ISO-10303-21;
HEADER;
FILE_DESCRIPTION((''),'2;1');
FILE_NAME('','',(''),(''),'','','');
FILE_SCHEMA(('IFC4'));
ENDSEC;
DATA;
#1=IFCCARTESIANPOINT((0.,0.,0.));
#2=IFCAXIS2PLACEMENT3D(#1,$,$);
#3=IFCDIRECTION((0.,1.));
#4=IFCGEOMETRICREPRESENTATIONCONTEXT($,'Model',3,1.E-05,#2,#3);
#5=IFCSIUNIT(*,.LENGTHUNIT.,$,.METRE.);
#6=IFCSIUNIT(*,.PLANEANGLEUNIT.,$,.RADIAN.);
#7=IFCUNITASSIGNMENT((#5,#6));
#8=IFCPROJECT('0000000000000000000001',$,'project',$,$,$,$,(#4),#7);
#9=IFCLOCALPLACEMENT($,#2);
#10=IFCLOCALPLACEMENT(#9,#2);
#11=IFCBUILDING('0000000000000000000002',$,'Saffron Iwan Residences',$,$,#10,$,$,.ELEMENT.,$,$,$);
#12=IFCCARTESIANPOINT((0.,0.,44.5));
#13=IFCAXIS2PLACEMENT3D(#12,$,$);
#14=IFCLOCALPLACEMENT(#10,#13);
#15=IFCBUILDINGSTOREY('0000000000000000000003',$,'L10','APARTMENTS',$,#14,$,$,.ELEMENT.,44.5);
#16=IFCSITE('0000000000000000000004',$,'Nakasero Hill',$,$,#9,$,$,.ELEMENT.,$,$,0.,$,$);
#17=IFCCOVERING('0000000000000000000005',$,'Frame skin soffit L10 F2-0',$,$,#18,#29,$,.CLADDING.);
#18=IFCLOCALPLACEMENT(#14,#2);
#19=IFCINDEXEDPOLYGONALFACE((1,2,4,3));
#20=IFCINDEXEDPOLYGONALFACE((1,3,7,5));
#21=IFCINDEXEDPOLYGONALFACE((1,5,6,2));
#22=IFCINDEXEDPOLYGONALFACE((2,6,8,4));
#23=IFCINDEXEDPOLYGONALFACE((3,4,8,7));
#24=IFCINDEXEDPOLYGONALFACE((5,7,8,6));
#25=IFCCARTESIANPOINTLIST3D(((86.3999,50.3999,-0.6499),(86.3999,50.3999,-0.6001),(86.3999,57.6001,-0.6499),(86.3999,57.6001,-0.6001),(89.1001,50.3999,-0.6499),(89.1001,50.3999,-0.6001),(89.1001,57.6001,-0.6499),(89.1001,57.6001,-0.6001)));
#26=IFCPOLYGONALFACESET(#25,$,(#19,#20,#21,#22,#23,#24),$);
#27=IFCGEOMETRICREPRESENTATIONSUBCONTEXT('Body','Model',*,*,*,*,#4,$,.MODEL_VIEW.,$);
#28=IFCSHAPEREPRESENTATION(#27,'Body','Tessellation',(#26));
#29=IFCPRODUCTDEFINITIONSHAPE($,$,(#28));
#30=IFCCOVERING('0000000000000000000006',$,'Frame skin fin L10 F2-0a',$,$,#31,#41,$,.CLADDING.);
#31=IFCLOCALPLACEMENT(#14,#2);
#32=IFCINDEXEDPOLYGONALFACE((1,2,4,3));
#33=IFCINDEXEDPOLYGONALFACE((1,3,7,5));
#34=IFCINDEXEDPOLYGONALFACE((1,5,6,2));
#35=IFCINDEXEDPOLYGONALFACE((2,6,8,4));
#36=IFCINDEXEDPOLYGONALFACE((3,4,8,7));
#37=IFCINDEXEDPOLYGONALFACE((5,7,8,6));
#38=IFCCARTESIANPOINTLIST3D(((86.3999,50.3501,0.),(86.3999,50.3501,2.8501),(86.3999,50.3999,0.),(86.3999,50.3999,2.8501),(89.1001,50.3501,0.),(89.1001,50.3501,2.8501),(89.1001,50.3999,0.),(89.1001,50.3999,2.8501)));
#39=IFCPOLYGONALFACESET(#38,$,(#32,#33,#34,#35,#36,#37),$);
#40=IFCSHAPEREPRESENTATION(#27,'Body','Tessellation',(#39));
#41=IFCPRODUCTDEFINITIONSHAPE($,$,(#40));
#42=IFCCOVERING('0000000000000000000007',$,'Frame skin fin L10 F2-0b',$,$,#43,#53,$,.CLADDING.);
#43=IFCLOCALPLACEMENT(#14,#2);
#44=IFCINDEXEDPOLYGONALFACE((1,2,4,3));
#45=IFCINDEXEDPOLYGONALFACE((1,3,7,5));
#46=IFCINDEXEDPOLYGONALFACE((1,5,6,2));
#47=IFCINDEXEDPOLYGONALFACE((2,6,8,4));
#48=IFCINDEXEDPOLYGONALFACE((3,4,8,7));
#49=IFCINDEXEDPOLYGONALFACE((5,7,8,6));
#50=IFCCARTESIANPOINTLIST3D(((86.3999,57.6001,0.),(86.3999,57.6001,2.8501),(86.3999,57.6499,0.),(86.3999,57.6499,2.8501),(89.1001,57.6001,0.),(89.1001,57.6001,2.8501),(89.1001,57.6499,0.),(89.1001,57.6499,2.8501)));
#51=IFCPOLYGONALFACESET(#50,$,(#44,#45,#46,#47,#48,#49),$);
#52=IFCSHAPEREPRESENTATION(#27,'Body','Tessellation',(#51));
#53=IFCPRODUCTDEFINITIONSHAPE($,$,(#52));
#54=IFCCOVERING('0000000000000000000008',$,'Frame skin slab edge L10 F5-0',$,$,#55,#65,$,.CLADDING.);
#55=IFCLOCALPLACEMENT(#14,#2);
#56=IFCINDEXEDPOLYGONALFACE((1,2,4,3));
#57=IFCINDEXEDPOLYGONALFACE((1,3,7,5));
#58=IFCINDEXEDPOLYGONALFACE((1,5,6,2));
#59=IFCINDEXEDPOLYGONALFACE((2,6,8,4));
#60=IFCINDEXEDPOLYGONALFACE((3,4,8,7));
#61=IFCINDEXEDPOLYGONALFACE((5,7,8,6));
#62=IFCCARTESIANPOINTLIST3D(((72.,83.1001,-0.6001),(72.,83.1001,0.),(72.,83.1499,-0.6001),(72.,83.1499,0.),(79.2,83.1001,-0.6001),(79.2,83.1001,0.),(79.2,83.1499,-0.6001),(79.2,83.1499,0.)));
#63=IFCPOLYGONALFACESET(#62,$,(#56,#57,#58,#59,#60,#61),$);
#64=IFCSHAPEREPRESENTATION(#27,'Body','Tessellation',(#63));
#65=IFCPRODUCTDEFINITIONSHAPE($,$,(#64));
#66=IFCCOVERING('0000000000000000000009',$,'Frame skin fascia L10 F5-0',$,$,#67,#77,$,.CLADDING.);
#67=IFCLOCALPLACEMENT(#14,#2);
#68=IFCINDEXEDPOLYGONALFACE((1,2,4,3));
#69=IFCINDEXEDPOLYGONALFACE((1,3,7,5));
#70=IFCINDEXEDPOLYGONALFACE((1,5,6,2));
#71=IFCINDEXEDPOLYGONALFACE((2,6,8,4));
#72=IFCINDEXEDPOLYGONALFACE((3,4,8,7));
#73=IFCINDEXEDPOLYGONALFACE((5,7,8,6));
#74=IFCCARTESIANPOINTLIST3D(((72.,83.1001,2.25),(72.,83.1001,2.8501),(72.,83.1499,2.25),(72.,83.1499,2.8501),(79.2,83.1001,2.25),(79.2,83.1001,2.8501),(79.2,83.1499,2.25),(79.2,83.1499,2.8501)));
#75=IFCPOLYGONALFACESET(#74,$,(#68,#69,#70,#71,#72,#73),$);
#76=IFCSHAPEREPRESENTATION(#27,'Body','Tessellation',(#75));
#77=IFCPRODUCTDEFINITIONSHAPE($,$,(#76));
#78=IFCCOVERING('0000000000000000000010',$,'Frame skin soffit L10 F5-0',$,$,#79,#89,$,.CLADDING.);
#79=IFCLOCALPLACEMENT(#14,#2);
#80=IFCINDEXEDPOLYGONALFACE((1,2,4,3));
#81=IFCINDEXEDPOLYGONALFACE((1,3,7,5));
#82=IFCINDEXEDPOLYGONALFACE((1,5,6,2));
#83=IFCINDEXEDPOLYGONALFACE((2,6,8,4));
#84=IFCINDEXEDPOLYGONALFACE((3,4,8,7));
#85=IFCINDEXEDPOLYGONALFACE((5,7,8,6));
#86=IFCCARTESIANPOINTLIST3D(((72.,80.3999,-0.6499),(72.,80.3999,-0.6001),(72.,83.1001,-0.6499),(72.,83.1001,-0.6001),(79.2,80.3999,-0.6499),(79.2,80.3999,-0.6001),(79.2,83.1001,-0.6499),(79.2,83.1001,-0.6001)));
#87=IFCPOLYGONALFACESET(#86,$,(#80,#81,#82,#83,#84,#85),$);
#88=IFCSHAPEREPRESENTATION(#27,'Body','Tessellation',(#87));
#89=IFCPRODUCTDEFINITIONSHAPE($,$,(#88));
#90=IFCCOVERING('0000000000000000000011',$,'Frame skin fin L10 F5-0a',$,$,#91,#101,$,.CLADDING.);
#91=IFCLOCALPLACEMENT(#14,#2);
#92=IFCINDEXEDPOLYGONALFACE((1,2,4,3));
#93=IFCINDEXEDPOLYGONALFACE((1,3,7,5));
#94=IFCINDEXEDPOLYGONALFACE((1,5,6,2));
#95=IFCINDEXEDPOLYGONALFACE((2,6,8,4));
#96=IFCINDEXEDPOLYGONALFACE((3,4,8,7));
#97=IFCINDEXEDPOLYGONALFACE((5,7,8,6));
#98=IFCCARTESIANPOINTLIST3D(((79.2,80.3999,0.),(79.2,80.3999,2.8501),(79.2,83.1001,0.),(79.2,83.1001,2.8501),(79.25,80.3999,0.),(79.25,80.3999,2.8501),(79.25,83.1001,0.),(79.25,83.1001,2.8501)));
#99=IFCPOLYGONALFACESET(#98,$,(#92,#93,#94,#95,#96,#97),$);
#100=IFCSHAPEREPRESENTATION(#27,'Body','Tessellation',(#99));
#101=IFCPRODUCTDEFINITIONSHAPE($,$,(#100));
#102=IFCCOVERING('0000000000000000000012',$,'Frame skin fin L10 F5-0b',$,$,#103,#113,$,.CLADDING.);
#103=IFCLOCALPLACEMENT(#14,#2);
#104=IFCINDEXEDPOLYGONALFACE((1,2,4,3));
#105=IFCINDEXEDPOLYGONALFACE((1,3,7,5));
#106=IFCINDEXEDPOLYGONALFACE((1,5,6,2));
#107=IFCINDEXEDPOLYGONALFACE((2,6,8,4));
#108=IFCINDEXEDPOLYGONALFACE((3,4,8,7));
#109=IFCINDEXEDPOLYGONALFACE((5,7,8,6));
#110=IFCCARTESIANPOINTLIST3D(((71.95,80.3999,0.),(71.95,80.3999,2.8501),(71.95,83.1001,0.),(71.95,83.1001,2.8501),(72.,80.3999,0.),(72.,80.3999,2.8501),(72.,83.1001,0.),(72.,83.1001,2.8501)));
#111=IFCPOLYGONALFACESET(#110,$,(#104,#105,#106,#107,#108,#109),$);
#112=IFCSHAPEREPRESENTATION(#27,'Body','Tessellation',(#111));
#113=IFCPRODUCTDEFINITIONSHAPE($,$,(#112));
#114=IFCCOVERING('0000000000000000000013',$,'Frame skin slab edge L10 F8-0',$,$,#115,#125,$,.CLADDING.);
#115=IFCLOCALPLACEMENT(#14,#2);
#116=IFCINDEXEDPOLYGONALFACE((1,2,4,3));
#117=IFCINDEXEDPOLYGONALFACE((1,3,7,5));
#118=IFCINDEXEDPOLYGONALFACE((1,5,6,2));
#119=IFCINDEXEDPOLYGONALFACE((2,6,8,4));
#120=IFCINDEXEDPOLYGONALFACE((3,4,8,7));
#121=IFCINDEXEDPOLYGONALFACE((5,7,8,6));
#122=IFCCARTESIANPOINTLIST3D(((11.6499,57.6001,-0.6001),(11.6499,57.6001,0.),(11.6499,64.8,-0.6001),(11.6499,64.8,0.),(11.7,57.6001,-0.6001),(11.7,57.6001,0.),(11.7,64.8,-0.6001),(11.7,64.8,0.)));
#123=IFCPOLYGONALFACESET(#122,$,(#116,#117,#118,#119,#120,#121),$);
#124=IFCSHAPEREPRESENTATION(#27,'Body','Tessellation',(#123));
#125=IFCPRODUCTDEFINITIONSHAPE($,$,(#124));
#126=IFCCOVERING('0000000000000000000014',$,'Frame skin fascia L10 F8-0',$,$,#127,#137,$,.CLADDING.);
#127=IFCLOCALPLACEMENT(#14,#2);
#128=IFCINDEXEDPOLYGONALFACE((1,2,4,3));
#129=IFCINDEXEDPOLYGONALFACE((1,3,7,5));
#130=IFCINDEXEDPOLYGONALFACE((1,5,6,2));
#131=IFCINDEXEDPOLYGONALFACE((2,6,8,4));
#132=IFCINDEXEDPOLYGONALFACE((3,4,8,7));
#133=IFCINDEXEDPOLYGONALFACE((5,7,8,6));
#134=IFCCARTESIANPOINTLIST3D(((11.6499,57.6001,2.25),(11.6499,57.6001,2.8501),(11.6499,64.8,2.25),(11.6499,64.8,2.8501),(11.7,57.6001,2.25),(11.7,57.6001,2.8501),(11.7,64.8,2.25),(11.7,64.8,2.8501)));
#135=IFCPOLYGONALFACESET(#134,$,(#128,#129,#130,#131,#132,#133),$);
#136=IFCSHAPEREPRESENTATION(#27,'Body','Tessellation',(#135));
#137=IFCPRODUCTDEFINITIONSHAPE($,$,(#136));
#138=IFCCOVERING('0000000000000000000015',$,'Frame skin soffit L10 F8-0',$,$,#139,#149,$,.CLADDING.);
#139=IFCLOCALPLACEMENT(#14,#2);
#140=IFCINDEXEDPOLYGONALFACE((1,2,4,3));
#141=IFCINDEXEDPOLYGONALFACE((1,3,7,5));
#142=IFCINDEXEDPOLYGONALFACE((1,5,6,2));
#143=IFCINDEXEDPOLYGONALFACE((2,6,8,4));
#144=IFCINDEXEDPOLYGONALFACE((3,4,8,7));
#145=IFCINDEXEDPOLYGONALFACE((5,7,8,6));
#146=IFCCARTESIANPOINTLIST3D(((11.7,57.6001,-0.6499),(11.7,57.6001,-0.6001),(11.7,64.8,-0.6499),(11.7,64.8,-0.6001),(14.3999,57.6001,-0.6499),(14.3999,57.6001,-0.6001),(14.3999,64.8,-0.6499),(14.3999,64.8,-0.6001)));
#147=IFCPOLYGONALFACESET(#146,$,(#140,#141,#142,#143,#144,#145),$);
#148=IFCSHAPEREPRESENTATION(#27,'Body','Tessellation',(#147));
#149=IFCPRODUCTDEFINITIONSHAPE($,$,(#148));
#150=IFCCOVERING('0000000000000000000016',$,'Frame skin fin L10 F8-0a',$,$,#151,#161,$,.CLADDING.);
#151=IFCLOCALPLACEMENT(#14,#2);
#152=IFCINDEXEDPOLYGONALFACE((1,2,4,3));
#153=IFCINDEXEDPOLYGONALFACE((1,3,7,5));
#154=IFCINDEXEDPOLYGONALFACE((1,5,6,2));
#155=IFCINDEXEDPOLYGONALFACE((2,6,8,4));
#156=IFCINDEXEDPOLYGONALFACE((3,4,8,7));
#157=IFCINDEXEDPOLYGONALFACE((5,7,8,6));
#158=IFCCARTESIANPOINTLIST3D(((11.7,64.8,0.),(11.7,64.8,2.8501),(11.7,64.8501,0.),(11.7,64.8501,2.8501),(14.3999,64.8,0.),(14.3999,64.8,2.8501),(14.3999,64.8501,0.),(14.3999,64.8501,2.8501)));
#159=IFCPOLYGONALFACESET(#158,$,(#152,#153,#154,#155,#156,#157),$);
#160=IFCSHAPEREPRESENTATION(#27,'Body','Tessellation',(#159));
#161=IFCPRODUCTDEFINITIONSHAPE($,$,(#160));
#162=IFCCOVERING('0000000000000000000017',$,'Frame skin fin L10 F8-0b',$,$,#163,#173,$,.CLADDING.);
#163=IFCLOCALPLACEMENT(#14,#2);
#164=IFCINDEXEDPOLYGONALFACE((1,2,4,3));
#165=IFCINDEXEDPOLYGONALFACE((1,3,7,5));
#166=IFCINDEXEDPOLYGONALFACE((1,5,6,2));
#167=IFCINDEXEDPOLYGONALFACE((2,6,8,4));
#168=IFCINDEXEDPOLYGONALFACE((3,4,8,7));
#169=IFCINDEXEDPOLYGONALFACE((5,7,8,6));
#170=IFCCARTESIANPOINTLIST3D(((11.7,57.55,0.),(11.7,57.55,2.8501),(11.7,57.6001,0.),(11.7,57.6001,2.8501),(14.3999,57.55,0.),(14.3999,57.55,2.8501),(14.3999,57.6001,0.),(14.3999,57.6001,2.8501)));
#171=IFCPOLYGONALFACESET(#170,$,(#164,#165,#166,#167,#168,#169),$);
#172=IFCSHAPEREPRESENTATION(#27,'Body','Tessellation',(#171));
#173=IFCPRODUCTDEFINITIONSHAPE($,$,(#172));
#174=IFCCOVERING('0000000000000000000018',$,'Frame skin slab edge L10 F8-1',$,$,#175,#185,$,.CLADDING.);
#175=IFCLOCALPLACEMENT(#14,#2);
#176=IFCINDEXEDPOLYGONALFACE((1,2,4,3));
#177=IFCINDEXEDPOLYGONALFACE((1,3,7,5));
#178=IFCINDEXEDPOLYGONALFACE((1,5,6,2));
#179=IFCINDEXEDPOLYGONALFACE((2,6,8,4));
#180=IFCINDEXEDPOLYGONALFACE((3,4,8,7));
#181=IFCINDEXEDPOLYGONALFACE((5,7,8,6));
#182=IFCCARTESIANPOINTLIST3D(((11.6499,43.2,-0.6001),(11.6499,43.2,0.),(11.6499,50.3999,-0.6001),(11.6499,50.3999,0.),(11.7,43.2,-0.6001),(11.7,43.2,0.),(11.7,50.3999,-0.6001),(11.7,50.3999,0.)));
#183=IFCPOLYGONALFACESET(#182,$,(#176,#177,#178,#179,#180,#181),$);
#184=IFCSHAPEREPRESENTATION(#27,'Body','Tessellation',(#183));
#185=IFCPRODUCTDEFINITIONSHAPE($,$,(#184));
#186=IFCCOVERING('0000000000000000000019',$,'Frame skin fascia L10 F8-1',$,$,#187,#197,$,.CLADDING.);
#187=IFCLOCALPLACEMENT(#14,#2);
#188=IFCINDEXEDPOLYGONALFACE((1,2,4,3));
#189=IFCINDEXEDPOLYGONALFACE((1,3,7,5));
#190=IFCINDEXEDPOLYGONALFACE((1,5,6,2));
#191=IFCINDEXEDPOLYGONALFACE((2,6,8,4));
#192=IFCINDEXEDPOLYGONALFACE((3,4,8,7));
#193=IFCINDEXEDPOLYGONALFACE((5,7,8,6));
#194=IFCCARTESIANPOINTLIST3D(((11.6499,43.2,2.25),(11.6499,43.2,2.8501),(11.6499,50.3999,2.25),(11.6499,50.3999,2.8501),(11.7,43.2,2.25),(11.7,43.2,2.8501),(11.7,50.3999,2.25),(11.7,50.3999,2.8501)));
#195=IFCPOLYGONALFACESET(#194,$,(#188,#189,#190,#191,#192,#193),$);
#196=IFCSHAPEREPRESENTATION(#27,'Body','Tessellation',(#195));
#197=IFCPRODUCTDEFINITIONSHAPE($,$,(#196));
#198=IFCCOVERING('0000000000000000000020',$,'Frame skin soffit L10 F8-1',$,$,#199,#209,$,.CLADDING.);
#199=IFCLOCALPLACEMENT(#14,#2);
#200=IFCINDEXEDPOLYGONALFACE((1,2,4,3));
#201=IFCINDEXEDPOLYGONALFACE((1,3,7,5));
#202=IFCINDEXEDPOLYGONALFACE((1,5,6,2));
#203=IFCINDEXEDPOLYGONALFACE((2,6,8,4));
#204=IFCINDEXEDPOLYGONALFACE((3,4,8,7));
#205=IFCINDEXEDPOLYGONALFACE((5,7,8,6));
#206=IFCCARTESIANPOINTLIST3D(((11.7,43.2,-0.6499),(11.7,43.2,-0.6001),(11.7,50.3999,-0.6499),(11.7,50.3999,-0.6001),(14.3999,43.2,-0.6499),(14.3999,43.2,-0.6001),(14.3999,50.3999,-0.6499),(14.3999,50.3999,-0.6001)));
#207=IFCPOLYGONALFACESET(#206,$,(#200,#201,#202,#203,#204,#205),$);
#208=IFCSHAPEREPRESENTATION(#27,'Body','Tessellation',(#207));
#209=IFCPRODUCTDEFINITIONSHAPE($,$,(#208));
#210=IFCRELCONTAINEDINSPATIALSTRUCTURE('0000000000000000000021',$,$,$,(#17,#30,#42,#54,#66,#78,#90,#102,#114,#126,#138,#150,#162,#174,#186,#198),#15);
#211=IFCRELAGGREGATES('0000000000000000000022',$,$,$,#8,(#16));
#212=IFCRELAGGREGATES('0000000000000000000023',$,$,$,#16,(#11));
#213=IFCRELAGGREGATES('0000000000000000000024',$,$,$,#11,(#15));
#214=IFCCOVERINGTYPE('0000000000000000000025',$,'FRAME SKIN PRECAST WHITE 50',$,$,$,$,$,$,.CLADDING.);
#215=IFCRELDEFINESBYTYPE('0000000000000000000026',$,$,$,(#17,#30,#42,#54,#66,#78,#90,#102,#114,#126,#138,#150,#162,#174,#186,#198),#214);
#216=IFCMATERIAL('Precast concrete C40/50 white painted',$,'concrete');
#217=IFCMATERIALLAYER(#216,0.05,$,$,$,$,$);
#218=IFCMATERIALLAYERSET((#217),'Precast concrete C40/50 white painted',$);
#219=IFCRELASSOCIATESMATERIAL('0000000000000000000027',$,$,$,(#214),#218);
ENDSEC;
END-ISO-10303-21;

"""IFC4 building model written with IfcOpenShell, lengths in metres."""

from ifc_helpers import new_model, si_unit, direction, frame, origin, place, context, subcontext, project, spatial, polyline, outline, extrude, material, layer, layer_set, type_object, element, save


model = new_model("IFC4")

# Units and contexts
model_context = context("Model", 3, precision=1e-05, world=origin(), true_north=direction((0.0, 1.0)))
body_context = subcontext(model_context, "Body", "Model", "MODEL_VIEW")
ifc_project = project(units=[si_unit("LENGTHUNIT", "METRE"), si_unit("PLANEANGLEUNIT", "RADIAN")], contexts=[model_context])

# Site, building, storey
site_placement = place(None, origin())
site = spatial("IfcSite", under=ifc_project, at=site_placement, Name="Nakasero Hill", CompositionType="ELEMENT", RefElevation=0.0)
building_placement = place(site_placement, origin())
building = spatial("IfcBuilding", under=site, at=building_placement, Name="Saffron Iwan Residences", CompositionType="ELEMENT")
storey_placement = place(building_placement, frame((0.0, 0.0, 44.5)))
storey = spatial("IfcBuildingStorey", under=building, at=storey_placement, Name="L10", Description="APARTMENTS", CompositionType="ELEMENT", Elevation=44.5)

# Coverings
ifc_material_1 = material(Name="Precast concrete C40/50 white painted", Category="concrete")
ifc_layer_1 = layer(ifc_material_1, 0.05)
ifc_layer_set_1 = layer_set([ifc_layer_1], Name="Precast concrete C40/50 white painted")
covering_type_1 = type_object("IfcCoveringType", Name="FRAME SKIN PRECAST WHITE 50", PredefinedType="CLADDING", material=ifc_layer_set_1)
covering_1_placement = place(storey_placement, frame((0.0, 0.0, -0.6499)))
element("IfcCovering", 1, at=covering_1_placement, inside=storey, type_object=covering_type_1, Name="Frame skin soffit L10 F2-0", PredefinedType="CLADDING", context=body_context, shape_type="SweptSolid", body=[
    extrude(outline(polyline([(89.1001, 50.3999), (89.1001, 57.6001), (86.3999, 57.6001), (86.3999, 50.3999), (89.1001, 50.3999)])), origin(), (0.0, 0.0, 1.0), 0.0498),
])
covering_2_placement = place(storey_placement, origin())
element("IfcCovering", 2, at=covering_2_placement, inside=storey, type_object=covering_type_1, Name="Frame skin fin L10 F2-0a", PredefinedType="CLADDING", context=body_context, shape_type="SweptSolid", body=[
    extrude(outline(polyline([(89.1001, 50.3501), (89.1001, 50.3999), (86.3999, 50.3999), (86.3999, 50.3501), (89.1001, 50.3501)])), origin(), (0.0, 0.0, 1.0), 2.8501),
])
covering_3_placement = place(storey_placement, origin())
element("IfcCovering", 3, at=covering_3_placement, inside=storey, type_object=covering_type_1, Name="Frame skin fin L10 F2-0b", PredefinedType="CLADDING", context=body_context, shape_type="SweptSolid", body=[
    extrude(outline(polyline([(89.1001, 57.6001), (89.1001, 57.6499), (86.3999, 57.6499), (86.3999, 57.6001), (89.1001, 57.6001)])), origin(), (0.0, 0.0, 1.0), 2.8501),
])
for number, where, name in (
    (4, (0.0, 0.0, -0.6001), "Frame skin slab edge L10 F5-0"),
    (5, (0.0, 0.0, 2.25), "Frame skin fascia L10 F5-0"),
):
    element("IfcCovering", number, at=place(storey_placement, frame(where)), inside=storey, type_object=covering_type_1, Name=name, PredefinedType="CLADDING", context=body_context, shape_type="SweptSolid", body=[
        extrude(outline(polyline([(79.2, 83.1499), (72.0, 83.1499), (72.0, 83.1001), (79.2, 83.1001), (79.2, 83.1499)])), origin(), (0.0, 0.0, 1.0), 0.6001),
    ])
covering_4_placement = place(storey_placement, frame((0.0, 0.0, -0.6499)))
element("IfcCovering", 6, at=covering_4_placement, inside=storey, type_object=covering_type_1, Name="Frame skin soffit L10 F5-0", PredefinedType="CLADDING", context=body_context, shape_type="SweptSolid", body=[
    extrude(outline(polyline([(79.2, 83.1001), (72.0, 83.1001), (72.0, 80.3999), (79.2, 80.3999), (79.2, 83.1001)])), origin(), (0.0, 0.0, 1.0), 0.0498),
])
covering_5_placement = place(storey_placement, origin())
element("IfcCovering", 7, at=covering_5_placement, inside=storey, type_object=covering_type_1, Name="Frame skin fin L10 F5-0a", PredefinedType="CLADDING", context=body_context, shape_type="SweptSolid", body=[
    extrude(outline(polyline([(79.25, 83.1001), (79.2, 83.1001), (79.2, 80.3999), (79.25, 80.3999), (79.25, 83.1001)])), origin(), (0.0, 0.0, 1.0), 2.8501),
])
covering_6_placement = place(storey_placement, origin())
element("IfcCovering", 8, at=covering_6_placement, inside=storey, type_object=covering_type_1, Name="Frame skin fin L10 F5-0b", PredefinedType="CLADDING", context=body_context, shape_type="SweptSolid", body=[
    extrude(outline(polyline([(72.0, 83.1001), (71.95, 83.1001), (71.95, 80.3999), (72.0, 80.3999), (72.0, 83.1001)])), origin(), (0.0, 0.0, 1.0), 2.8501),
])
for number, where, name in (
    (9, (0.0, 0.0, -0.6001), "Frame skin slab edge L10 F8-0"),
    (10, (0.0, 0.0, 2.25), "Frame skin fascia L10 F8-0"),
):
    element("IfcCovering", number, at=place(storey_placement, frame(where)), inside=storey, type_object=covering_type_1, Name=name, PredefinedType="CLADDING", context=body_context, shape_type="SweptSolid", body=[
        extrude(outline(polyline([(11.6499, 64.8), (11.6499, 57.6001), (11.7, 57.6001), (11.7, 64.8), (11.6499, 64.8)])), origin(), (0.0, 0.0, 1.0), 0.6001),
    ])
covering_7_placement = place(storey_placement, frame((0.0, 0.0, -0.6499)))
element("IfcCovering", 11, at=covering_7_placement, inside=storey, type_object=covering_type_1, Name="Frame skin soffit L10 F8-0", PredefinedType="CLADDING", context=body_context, shape_type="SweptSolid", body=[
    extrude(outline(polyline([(11.7, 64.8), (11.7, 57.6001), (14.3999, 57.6001), (14.3999, 64.8), (11.7, 64.8)])), origin(), (0.0, 0.0, 1.0), 0.0498),
])
covering_8_placement = place(storey_placement, origin())
element("IfcCovering", 12, at=covering_8_placement, inside=storey, type_object=covering_type_1, Name="Frame skin fin L10 F8-0a", PredefinedType="CLADDING", context=body_context, shape_type="SweptSolid", body=[
    extrude(outline(polyline([(11.7, 64.8501), (11.7, 64.8), (14.3999, 64.8), (14.3999, 64.8501), (11.7, 64.8501)])), origin(), (0.0, 0.0, 1.0), 2.8501),
])
covering_9_placement = place(storey_placement, origin())
element("IfcCovering", 13, at=covering_9_placement, inside=storey, type_object=covering_type_1, Name="Frame skin fin L10 F8-0b", PredefinedType="CLADDING", context=body_context, shape_type="SweptSolid", body=[
    extrude(outline(polyline([(11.7, 57.6001), (11.7, 57.55), (14.3999, 57.55), (14.3999, 57.6001), (11.7, 57.6001)])), origin(), (0.0, 0.0, 1.0), 2.8501),
])
for number, where, name in (
    (14, (0.0, 0.0, -0.6001), "Frame skin slab edge L10 F8-1"),
    (15, (0.0, 0.0, 2.25), "Frame skin fascia L10 F8-1"),
):
    element("IfcCovering", number, at=place(storey_placement, frame(where)), inside=storey, type_object=covering_type_1, Name=name, PredefinedType="CLADDING", context=body_context, shape_type="SweptSolid", body=[
        extrude(outline(polyline([(11.6499, 50.3999), (11.6499, 43.2), (11.7, 43.2), (11.7, 50.3999), (11.6499, 50.3999)])), origin(), (0.0, 0.0, 1.0), 0.6001),
    ])
covering_10_placement = place(storey_placement, frame((0.0, 0.0, -0.6499)))
element("IfcCovering", 16, at=covering_10_placement, inside=storey, type_object=covering_type_1, Name="Frame skin soffit L10 F8-1", PredefinedType="CLADDING", context=body_context, shape_type="SweptSolid", body=[
    extrude(outline(polyline([(11.7, 50.3999), (11.7, 43.2), (14.3999, 43.2), (14.3999, 50.3999), (11.7, 50.3999)])), origin(), (0.0, 0.0, 1.0), 0.0498),
])

save(model, "model.ifc")
